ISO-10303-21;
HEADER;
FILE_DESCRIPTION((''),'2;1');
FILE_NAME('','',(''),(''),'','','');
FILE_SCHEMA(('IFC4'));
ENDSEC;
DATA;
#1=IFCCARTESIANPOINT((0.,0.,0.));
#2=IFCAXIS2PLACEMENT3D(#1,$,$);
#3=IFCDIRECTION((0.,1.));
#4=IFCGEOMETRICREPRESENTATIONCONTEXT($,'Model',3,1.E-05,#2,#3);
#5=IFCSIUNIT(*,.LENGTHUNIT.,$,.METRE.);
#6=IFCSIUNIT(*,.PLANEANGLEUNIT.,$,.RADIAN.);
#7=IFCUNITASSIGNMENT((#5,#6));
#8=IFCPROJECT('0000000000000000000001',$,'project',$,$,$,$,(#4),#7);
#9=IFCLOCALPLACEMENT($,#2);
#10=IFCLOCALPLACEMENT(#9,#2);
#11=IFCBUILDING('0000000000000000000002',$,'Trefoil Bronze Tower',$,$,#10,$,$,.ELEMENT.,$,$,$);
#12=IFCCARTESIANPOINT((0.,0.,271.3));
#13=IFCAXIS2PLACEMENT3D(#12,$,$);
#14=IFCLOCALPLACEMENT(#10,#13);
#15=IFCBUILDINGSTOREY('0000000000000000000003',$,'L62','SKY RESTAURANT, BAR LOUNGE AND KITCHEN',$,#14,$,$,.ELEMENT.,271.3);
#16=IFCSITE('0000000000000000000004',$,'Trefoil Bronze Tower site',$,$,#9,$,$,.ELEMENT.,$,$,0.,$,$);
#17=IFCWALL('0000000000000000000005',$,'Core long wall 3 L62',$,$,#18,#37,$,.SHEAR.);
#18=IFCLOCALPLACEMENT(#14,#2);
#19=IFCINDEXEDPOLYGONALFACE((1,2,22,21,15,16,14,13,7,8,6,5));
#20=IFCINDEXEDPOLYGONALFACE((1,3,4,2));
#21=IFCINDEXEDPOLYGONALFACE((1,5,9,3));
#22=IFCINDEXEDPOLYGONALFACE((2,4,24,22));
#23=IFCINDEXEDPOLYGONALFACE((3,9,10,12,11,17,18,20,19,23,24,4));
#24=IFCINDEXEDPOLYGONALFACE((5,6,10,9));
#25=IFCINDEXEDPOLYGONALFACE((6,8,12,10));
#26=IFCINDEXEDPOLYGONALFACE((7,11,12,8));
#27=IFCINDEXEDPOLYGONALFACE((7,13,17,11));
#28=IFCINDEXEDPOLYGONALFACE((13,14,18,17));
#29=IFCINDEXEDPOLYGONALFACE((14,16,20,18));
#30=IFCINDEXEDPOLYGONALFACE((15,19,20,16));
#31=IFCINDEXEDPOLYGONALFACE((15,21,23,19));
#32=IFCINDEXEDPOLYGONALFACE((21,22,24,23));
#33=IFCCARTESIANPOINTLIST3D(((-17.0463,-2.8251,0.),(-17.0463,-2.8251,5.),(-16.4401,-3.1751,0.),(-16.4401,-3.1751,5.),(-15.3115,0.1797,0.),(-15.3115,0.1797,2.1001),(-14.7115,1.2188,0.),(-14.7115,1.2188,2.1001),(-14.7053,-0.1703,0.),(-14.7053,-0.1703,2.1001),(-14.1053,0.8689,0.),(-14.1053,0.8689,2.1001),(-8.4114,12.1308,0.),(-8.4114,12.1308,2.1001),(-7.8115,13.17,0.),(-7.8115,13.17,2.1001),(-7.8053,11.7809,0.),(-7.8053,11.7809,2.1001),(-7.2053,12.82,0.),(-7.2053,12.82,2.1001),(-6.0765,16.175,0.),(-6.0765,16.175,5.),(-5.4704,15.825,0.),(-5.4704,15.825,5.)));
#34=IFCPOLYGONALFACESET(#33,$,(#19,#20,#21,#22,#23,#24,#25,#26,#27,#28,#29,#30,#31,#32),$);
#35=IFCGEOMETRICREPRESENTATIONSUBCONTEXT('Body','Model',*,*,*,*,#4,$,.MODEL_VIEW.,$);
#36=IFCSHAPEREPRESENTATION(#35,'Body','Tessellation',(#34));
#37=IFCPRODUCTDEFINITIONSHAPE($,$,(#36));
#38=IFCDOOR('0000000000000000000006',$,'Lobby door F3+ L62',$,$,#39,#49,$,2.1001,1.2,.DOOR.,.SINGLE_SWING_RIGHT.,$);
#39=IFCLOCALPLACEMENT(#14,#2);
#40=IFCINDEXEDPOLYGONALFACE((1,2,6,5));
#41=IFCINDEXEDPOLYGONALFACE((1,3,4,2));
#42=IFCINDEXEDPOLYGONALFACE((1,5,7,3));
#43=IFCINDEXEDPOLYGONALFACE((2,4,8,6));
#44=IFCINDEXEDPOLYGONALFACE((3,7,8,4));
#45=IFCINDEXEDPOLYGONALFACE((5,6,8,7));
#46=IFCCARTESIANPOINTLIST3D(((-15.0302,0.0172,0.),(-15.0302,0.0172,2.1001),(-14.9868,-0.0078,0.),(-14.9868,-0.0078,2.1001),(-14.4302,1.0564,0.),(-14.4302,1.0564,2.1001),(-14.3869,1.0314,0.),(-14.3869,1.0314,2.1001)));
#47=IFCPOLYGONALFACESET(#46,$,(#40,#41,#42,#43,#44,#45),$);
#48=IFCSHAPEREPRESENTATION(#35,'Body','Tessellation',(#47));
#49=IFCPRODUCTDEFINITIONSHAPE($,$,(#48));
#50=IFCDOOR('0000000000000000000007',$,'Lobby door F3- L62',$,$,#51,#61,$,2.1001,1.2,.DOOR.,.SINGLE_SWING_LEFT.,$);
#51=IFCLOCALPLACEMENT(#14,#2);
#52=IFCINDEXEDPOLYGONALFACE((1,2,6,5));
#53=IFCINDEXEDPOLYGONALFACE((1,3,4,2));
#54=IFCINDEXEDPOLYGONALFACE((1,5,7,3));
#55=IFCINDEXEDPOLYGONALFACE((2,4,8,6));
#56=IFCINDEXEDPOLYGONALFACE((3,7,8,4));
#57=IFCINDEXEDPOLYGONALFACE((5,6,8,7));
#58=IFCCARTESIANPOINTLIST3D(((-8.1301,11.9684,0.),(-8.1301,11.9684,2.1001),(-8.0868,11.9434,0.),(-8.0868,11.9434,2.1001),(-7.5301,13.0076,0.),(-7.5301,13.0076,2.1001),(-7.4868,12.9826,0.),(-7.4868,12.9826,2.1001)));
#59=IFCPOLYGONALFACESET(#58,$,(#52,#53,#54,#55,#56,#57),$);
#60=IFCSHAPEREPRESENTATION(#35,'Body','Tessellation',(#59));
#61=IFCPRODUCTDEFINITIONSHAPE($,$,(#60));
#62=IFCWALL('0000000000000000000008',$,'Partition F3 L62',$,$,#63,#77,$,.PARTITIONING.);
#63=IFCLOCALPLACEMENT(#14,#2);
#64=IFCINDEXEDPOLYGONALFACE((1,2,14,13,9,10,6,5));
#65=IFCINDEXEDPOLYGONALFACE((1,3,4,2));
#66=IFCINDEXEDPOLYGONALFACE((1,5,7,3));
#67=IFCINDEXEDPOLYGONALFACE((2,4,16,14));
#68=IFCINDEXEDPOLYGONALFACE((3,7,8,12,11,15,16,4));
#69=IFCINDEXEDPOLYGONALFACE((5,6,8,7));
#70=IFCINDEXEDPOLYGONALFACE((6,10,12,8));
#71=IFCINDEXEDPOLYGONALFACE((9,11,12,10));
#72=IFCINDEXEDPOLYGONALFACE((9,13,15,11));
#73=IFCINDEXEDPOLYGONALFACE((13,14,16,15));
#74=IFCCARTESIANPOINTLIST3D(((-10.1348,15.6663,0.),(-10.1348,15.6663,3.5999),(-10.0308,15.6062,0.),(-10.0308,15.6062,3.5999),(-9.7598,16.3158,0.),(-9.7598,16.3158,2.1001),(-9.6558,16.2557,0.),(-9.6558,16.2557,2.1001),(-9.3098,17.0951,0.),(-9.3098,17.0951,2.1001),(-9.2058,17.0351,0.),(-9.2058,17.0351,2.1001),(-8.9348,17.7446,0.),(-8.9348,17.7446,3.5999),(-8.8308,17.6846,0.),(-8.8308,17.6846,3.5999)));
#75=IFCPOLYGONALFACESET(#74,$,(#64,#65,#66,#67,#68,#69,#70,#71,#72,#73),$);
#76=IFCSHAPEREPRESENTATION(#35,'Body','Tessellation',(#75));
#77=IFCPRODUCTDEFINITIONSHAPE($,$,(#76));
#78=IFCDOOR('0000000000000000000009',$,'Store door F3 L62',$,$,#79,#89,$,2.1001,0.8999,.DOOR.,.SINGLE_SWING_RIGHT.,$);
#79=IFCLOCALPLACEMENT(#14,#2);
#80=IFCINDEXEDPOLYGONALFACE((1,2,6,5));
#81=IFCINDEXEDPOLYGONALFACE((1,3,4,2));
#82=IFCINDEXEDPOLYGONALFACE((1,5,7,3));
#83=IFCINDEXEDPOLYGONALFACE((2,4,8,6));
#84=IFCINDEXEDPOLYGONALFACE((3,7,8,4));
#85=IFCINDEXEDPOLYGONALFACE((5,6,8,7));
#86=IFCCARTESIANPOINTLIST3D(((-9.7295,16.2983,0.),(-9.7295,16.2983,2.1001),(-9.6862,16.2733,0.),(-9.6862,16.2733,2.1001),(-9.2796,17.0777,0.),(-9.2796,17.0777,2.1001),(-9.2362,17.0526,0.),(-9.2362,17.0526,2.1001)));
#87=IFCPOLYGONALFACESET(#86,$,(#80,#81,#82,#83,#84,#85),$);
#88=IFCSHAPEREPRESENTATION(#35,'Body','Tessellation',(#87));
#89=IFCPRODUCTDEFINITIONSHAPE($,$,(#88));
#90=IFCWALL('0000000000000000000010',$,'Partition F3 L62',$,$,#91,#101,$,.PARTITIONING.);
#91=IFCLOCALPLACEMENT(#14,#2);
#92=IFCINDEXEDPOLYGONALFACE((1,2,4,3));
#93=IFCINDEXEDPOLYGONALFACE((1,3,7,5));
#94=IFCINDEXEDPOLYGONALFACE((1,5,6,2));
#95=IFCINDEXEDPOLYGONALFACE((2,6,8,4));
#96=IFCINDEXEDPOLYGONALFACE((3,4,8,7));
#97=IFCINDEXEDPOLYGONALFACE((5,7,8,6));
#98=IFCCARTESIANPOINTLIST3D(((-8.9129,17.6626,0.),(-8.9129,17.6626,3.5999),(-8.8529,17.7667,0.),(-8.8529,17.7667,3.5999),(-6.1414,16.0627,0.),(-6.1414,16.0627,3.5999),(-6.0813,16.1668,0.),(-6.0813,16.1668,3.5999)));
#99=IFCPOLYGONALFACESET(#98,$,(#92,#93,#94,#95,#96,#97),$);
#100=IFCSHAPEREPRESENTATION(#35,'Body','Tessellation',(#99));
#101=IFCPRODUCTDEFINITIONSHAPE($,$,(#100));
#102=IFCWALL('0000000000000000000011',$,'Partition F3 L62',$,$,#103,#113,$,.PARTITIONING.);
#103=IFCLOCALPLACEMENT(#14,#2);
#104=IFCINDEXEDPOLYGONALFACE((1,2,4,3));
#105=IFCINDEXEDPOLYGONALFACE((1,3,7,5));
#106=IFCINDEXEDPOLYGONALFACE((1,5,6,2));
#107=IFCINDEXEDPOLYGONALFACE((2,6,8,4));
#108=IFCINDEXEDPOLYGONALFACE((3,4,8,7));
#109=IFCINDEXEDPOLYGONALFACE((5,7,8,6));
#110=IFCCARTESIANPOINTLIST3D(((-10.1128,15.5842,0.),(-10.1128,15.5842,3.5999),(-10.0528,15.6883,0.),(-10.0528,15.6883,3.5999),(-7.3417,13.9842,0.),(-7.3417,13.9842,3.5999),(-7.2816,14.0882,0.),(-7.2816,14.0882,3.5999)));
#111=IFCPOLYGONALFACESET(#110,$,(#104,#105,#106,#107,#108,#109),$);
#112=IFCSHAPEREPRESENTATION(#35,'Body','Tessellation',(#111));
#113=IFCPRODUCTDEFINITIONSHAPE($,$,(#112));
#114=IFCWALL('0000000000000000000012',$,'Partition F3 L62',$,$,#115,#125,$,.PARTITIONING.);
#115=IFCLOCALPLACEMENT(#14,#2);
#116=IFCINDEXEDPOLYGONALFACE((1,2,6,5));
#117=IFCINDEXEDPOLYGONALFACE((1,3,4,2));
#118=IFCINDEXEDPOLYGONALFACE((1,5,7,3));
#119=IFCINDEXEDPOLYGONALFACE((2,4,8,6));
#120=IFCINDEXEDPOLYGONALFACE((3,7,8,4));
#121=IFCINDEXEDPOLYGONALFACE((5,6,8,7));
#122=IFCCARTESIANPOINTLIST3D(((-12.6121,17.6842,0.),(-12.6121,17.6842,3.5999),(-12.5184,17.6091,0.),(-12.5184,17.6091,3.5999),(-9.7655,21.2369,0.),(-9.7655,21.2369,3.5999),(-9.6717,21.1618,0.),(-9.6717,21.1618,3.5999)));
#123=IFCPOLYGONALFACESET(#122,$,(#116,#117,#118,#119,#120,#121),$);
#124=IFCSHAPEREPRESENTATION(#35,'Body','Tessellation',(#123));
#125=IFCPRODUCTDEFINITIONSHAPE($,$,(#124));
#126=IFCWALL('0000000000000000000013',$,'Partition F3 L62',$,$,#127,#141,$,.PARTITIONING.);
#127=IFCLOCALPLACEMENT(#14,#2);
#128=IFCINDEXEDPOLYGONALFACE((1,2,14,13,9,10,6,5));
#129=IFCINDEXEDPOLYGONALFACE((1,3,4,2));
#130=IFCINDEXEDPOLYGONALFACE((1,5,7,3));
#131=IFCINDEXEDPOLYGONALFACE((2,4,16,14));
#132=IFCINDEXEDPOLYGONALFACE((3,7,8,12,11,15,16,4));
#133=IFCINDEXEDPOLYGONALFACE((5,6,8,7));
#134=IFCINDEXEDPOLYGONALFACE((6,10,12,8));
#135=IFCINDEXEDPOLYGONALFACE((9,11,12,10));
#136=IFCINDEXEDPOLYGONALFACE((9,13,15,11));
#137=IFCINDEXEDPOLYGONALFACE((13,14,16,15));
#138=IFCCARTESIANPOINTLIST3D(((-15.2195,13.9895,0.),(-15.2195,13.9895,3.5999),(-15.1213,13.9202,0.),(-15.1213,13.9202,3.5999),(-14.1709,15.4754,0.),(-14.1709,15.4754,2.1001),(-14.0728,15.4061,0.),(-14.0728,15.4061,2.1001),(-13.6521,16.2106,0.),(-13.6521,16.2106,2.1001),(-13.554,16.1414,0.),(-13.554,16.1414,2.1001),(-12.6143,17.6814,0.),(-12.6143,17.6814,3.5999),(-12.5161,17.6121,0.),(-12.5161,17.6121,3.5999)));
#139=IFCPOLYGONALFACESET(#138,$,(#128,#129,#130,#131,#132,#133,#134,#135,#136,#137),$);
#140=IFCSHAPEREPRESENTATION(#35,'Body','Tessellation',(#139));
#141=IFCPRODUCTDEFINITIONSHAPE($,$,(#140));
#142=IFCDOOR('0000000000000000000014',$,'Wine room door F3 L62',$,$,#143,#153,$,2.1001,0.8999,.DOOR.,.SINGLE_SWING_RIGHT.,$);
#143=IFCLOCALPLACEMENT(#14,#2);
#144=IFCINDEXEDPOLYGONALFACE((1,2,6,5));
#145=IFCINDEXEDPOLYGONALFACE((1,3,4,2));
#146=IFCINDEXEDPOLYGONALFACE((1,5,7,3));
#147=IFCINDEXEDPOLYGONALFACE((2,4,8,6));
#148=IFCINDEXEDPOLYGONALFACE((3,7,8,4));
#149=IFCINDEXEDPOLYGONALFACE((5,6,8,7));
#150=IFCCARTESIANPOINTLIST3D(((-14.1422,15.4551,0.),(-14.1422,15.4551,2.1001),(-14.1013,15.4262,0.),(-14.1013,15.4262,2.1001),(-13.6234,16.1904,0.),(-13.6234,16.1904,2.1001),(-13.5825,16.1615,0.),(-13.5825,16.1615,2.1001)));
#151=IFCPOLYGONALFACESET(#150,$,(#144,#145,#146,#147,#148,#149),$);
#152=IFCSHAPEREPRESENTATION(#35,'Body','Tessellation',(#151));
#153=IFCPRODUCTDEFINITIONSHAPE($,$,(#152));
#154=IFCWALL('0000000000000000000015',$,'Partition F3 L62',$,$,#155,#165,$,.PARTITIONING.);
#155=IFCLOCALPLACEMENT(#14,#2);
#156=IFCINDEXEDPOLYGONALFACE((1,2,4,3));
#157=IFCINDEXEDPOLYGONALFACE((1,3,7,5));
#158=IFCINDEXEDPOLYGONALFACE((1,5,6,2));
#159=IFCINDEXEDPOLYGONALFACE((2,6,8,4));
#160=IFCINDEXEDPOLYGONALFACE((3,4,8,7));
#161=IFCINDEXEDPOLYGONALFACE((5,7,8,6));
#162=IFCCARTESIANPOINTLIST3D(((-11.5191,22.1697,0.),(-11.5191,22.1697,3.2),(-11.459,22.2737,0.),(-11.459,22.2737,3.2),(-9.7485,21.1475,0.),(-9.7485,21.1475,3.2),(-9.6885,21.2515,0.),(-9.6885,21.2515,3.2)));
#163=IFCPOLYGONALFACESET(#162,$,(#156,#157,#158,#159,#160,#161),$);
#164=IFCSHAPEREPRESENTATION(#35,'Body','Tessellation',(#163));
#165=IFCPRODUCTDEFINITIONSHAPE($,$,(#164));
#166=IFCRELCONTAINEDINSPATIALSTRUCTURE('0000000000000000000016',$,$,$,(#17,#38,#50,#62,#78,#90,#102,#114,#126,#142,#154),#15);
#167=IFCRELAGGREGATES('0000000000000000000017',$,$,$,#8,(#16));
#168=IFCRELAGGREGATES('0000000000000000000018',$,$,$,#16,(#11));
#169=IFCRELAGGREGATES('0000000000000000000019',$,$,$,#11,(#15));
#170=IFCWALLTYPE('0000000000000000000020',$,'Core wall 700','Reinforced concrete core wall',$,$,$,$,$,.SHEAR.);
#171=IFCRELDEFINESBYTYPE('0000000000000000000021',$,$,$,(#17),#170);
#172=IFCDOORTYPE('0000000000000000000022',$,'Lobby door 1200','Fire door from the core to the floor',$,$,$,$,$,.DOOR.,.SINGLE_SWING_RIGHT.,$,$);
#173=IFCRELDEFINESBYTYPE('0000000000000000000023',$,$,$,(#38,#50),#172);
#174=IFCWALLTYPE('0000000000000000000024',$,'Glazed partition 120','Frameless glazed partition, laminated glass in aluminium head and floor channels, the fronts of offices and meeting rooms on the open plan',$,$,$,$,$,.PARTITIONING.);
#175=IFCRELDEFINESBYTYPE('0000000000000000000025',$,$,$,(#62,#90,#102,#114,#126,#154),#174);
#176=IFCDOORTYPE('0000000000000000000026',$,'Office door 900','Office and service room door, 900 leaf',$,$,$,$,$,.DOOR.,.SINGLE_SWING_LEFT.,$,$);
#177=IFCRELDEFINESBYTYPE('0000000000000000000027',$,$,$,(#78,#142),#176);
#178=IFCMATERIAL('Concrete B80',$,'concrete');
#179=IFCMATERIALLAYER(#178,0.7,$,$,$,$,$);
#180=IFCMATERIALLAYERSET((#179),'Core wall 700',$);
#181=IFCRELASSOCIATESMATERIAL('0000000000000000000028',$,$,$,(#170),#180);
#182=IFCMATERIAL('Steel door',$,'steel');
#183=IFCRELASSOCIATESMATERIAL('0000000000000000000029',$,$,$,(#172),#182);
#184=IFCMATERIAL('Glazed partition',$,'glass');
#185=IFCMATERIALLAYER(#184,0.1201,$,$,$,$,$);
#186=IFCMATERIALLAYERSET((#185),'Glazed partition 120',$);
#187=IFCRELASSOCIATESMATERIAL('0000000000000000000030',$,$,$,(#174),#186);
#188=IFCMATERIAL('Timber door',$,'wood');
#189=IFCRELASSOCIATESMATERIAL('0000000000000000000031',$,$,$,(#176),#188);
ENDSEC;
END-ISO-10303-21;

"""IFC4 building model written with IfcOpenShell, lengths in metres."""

from ifc_helpers import new_model, si_unit, direction, frame, frame_2d, origin, place, context, subcontext, project, spatial, rectangle, extrude, material, layer, layer_set, type_object, element, fill, save


model = new_model("IFC4")

# Units and contexts
model_context = context("Model", 3, precision=1e-05, world=origin(), true_north=direction((0.0, 1.0)))
body_context = subcontext(model_context, "Body", "Model", "MODEL_VIEW")
ifc_project = project(units=[si_unit("LENGTHUNIT", "METRE"), si_unit("PLANEANGLEUNIT", "RADIAN")], contexts=[model_context])

# Site, building, storey
site_placement = place(None, origin())
site = spatial("IfcSite", under=ifc_project, at=site_placement, Name="Trefoil Bronze Tower site", CompositionType="ELEMENT", RefElevation=0.0)
building_placement = place(site_placement, origin())
building = spatial("IfcBuilding", under=site, at=building_placement, Name="Trefoil Bronze Tower", CompositionType="ELEMENT")
storey_placement = place(building_placement, frame((0.0, 0.0, 271.3)))
storey = spatial("IfcBuildingStorey", under=building, at=storey_placement, Name="L62", Description="SKY RESTAURANT, BAR LOUNGE AND KITCHEN", CompositionType="ELEMENT", Elevation=271.3)

# Wall, openings, doors
ifc_material_1 = material(Name="Concrete B80", Category="concrete")
ifc_layer_1 = layer(ifc_material_1, 0.7)
ifc_layer_set_1 = layer_set([ifc_layer_1], Name="Core wall 700")
wall_type_1 = type_object("IfcWallType", Name="Core wall 700", Description="Reinforced concrete core wall", PredefinedType="SHEAR", material=ifc_layer_set_1)
wall_1_placement = place(storey_placement, frame((-5.7734, 16.0, 0.0), z_axis=(0.0, 0.0, 1.0), x_axis=(-0.500002, -0.866024, 0.0)))
wall_1 = element("IfcWall", 1, at=wall_1_placement, inside=storey, type_object=wall_type_1, Name="Core long wall 3 L62", PredefinedType="SHEAR", context=body_context, shape_type="SweptSolid", body=[
    extrude(rectangle(XDim=21.9395, YDim=0.7, at=frame_2d((10.9697, 0.0))), origin(), (0.0, 0.0, 1.0), 5.0),
])
opening_1_placement = place(wall_1_placement, frame((17.2698, 0.0, 0.0)))
opening_1 = element("IfcOpeningElement", 2, at=opening_1_placement, cuts=wall_1, PredefinedType="OPENING", context=body_context, shape_type="SweptSolid", body=[
    extrude(rectangle(XDim=1.2, YDim=2.1001, at=frame_2d((0.6001, 1.05))), frame((0.0, 0.3599, 0.0), z_axis=(0.0, -1.0, 0.0), x_axis=(1.0, 0.0, 0.0)), (0.0, 0.0, 1.0), 0.72),
])
opening_2_placement = place(wall_1_placement, frame((3.4697, 0.0, 0.0)))
opening_2 = element("IfcOpeningElement", 3, at=opening_2_placement, cuts=wall_1, PredefinedType="OPENING", context=body_context, shape_type="SweptSolid", body=[
    extrude(rectangle(XDim=1.2, YDim=2.1001, at=frame_2d((0.6001, 1.05))), frame((0.0, 0.3599, 0.0), z_axis=(0.0, -1.0, 0.0), x_axis=(1.0, 0.0, 0.0)), (0.0, 0.0, 1.0), 0.72),
])
ifc_material_2 = material(Name="Steel door", Category="steel")
door_type_1 = type_object("IfcDoorType", Name="Lobby door 1200", Description="Fire door from the core to the floor", OperationType="SINGLE_SWING_RIGHT", PredefinedType="DOOR", material=ifc_material_2)
door_1_placement = place(opening_1_placement, origin())
door_1 = element("IfcDoor", 4, at=door_1_placement, inside=storey, type_object=door_type_1, Name="Lobby door F3+ L62", OperationType="SINGLE_SWING_RIGHT", OverallHeight=2.1001, OverallWidth=1.2, PredefinedType="DOOR", context=body_context, shape_type="SweptSolid", body=[
    extrude(rectangle(XDim=1.2, YDim=2.1001, at=frame_2d((0.6001, 1.05))), frame((0.0, 0.0249, 0.0), z_axis=(0.0, -1.0, 0.0), x_axis=(1.0, 0.0, 0.0)), (0.0, 0.0, 1.0), 0.05),
])
fill(opening_1, door_1)
door_2_placement = place(opening_2_placement, origin())
door_2 = element("IfcDoor", 5, at=door_2_placement, inside=storey, type_object=door_type_1, Name="Lobby door F3- L62", OperationType="SINGLE_SWING_LEFT", OverallHeight=2.1001, OverallWidth=1.2, PredefinedType="DOOR", context=body_context, shape_type="SweptSolid", body=[
    extrude(rectangle(XDim=1.2, YDim=2.1001, at=frame_2d((0.6001, 1.05))), frame((0.0, 0.0249, 0.0), z_axis=(0.0, -1.0, 0.0), x_axis=(1.0, 0.0, 0.0)), (0.0, 0.0, 1.0), 0.05),
])
fill(opening_2, door_2)

# Wall, opening, door
ifc_material_3 = material(Name="Glazed partition", Category="glass")
ifc_layer_2 = layer(ifc_material_3, 0.1201)
ifc_layer_set_2 = layer_set([ifc_layer_2], Name="Glazed partition 120")
wall_type_2 = type_object("IfcWallType", Name="Glazed partition 120", Description="Frameless glazed partition, laminated glass in aluminium head and floor channels, the fronts of offices and meeting rooms on the open plan", PredefinedType="PARTITIONING", material=ifc_layer_set_2)
wall_2_placement = place(storey_placement, frame((-8.8828, 17.7146, 0.0), z_axis=(0.0, 0.0, 1.0), x_axis=(-0.500001, -0.866025, 0.0)))
wall_2 = element("IfcWall", 6, at=wall_2_placement, inside=storey, type_object=wall_type_2, Name="Partition F3 L62", PredefinedType="PARTITIONING", context=body_context, shape_type="SweptSolid", body=[
    extrude(rectangle(XDim=2.3999, YDim=0.1201, at=frame_2d((1.2, 0.0))), origin(), (0.0, 0.0, 1.0), 3.5999),
])
opening_3_placement = place(wall_2_placement, frame((0.75, 0.0, 0.0)))
opening_3 = element("IfcOpeningElement", 7, at=opening_3_placement, cuts=wall_2, PredefinedType="OPENING", context=body_context, shape_type="SweptSolid", body=[
    extrude(rectangle(XDim=0.8999, YDim=2.1001, at=frame_2d((0.45, 1.05))), frame((0.0, 0.0701, 0.0), z_axis=(0.0, -1.0, 0.0), x_axis=(1.0, 0.0, 0.0)), (0.0, 0.0, 1.0), 0.1401),
])
ifc_material_4 = material(Name="Timber door", Category="wood")
door_type_2 = type_object("IfcDoorType", Name="Office door 900", Description="Office and service room door, 900 leaf", OperationType="SINGLE_SWING_LEFT", PredefinedType="DOOR", material=ifc_material_4)
door_3_placement = place(opening_3_placement, origin())
door_3 = element("IfcDoor", 8, at=door_3_placement, inside=storey, type_object=door_type_2, Name="Store door F3 L62", OperationType="SINGLE_SWING_RIGHT", OverallHeight=2.1001, OverallWidth=0.8999, PredefinedType="DOOR", context=body_context, shape_type="SweptSolid", body=[
    extrude(rectangle(XDim=0.8999, YDim=2.1001, at=frame_2d((0.45, 1.05))), frame((0.0, 0.0249, 0.0), z_axis=(0.0, -1.0, 0.0), x_axis=(1.0, 0.0, 0.0)), (0.0, 0.0, 1.0), 0.05),
])
fill(opening_3, door_3)

# Walls
wall_3_placement = place(storey_placement, frame((-6.1113, 16.1147, 0.0), z_axis=(0.0, 0.0, 1.0), x_axis=(-0.866061, 0.499938, 0.0)))
element("IfcWall", 9, at=wall_3_placement, inside=storey, type_object=wall_type_2, Name="Partition F3 L62", PredefinedType="PARTITIONING", context=body_context, shape_type="SweptSolid", body=[
    extrude(rectangle(XDim=3.2002, YDim=0.1201, at=frame_2d((1.6001, 0.0))), origin(), (0.0, 0.0, 1.0), 3.5999),
])
wall_4_placement = place(storey_placement, frame((-7.3115, 14.0361, 0.0), z_axis=(0.0, 0.0, 1.0), x_axis=(-0.866009, 0.500028, 0.0)))
element("IfcWall", 10, at=wall_4_placement, inside=storey, type_object=wall_type_2, Name="Partition F3 L62", PredefinedType="PARTITIONING", context=body_context, shape_type="SweptSolid", body=[
    extrude(rectangle(XDim=3.2, YDim=0.1201, at=frame_2d((1.6001, 0.0))), origin(), (0.0, 0.0, 1.0), 3.5999),
])
wall_5_placement = place(storey_placement, frame((-9.7185, 21.1995, 0.0), z_axis=(0.0, 0.0, 1.0), x_axis=(-0.625297, -0.780387, 0.0)))
element("IfcWall", 11, at=wall_5_placement, inside=storey, type_object=wall_type_2, Name="Partition F3 L62", PredefinedType="PARTITIONING", context=body_context, shape_type="SweptSolid", body=[
    extrude(rectangle(XDim=4.5525, YDim=0.1201, at=frame_2d((2.2764, 0.0))), origin(), (0.0, 0.0, 1.0), 3.5999),
])

# Wall, opening, door
wall_6_placement = place(storey_placement, frame((-12.5652, 17.6467, 0.0), z_axis=(0.0, 0.0, 1.0), x_axis=(-0.576562, -0.817053, 0.0)))
wall_6 = element("IfcWall", 12, at=wall_6_placement, inside=storey, type_object=wall_type_2, Name="Partition F3 L62", PredefinedType="PARTITIONING", context=body_context, shape_type="SweptSolid", body=[
    extrude(rectangle(XDim=4.5186, YDim=0.1201, at=frame_2d((2.2593, 0.0))), origin(), (0.0, 0.0, 1.0), 3.5999),
])
opening_4_placement = place(wall_6_placement, frame((1.8, 0.0, 0.0)))
opening_4 = element("IfcOpeningElement", 13, at=opening_4_placement, cuts=wall_6, PredefinedType="OPENING", context=body_context, shape_type="SweptSolid", body=[
    extrude(rectangle(XDim=0.8999, YDim=2.1001, at=frame_2d((0.45, 1.05))), frame((0.0, 0.0701, 0.0), z_axis=(0.0, -1.0, 0.0), x_axis=(1.0, 0.0, 0.0)), (0.0, 0.0, 1.0), 0.1401),
])
door_4_placement = place(opening_4_placement, frame((0.8999, 0.0, 0.0), z_axis=(0.0, 0.0, 1.0), x_axis=(-1.0, 0.0, 0.0)))
door_4 = element("IfcDoor", 14, at=door_4_placement, inside=storey, type_object=door_type_2, Name="Wine room door F3 L62", OperationType="SINGLE_SWING_RIGHT", OverallHeight=2.1001, OverallWidth=0.8999, PredefinedType="DOOR", context=body_context, shape_type="SweptSolid", body=[
    extrude(rectangle(XDim=0.8999, YDim=2.1001, at=frame_2d((0.45, 1.05))), frame((0.0, 0.0249, 0.0), z_axis=(0.0, -1.0, 0.0), x_axis=(1.0, 0.0, 0.0)), (0.0, 0.0, 1.0), 0.05),
])
fill(opening_4, door_4)

# Wall
wall_7_placement = place(storey_placement, frame((-9.7185, 21.1995, 0.0), z_axis=(0.0, 0.0, 1.0), x_axis=(-0.866023, 0.500005, 0.0)))
element("IfcWall", 15, at=wall_7_placement, inside=storey, type_object=wall_type_2, Name="Partition F3 L62", PredefinedType="PARTITIONING", context=body_context, shape_type="SweptSolid", body=[
    extrude(rectangle(XDim=2.0444, YDim=0.1201, at=frame_2d((1.0222, 0.0))), origin(), (0.0, 0.0, 1.0), 3.2),
])

save(model, "model.ifc")
